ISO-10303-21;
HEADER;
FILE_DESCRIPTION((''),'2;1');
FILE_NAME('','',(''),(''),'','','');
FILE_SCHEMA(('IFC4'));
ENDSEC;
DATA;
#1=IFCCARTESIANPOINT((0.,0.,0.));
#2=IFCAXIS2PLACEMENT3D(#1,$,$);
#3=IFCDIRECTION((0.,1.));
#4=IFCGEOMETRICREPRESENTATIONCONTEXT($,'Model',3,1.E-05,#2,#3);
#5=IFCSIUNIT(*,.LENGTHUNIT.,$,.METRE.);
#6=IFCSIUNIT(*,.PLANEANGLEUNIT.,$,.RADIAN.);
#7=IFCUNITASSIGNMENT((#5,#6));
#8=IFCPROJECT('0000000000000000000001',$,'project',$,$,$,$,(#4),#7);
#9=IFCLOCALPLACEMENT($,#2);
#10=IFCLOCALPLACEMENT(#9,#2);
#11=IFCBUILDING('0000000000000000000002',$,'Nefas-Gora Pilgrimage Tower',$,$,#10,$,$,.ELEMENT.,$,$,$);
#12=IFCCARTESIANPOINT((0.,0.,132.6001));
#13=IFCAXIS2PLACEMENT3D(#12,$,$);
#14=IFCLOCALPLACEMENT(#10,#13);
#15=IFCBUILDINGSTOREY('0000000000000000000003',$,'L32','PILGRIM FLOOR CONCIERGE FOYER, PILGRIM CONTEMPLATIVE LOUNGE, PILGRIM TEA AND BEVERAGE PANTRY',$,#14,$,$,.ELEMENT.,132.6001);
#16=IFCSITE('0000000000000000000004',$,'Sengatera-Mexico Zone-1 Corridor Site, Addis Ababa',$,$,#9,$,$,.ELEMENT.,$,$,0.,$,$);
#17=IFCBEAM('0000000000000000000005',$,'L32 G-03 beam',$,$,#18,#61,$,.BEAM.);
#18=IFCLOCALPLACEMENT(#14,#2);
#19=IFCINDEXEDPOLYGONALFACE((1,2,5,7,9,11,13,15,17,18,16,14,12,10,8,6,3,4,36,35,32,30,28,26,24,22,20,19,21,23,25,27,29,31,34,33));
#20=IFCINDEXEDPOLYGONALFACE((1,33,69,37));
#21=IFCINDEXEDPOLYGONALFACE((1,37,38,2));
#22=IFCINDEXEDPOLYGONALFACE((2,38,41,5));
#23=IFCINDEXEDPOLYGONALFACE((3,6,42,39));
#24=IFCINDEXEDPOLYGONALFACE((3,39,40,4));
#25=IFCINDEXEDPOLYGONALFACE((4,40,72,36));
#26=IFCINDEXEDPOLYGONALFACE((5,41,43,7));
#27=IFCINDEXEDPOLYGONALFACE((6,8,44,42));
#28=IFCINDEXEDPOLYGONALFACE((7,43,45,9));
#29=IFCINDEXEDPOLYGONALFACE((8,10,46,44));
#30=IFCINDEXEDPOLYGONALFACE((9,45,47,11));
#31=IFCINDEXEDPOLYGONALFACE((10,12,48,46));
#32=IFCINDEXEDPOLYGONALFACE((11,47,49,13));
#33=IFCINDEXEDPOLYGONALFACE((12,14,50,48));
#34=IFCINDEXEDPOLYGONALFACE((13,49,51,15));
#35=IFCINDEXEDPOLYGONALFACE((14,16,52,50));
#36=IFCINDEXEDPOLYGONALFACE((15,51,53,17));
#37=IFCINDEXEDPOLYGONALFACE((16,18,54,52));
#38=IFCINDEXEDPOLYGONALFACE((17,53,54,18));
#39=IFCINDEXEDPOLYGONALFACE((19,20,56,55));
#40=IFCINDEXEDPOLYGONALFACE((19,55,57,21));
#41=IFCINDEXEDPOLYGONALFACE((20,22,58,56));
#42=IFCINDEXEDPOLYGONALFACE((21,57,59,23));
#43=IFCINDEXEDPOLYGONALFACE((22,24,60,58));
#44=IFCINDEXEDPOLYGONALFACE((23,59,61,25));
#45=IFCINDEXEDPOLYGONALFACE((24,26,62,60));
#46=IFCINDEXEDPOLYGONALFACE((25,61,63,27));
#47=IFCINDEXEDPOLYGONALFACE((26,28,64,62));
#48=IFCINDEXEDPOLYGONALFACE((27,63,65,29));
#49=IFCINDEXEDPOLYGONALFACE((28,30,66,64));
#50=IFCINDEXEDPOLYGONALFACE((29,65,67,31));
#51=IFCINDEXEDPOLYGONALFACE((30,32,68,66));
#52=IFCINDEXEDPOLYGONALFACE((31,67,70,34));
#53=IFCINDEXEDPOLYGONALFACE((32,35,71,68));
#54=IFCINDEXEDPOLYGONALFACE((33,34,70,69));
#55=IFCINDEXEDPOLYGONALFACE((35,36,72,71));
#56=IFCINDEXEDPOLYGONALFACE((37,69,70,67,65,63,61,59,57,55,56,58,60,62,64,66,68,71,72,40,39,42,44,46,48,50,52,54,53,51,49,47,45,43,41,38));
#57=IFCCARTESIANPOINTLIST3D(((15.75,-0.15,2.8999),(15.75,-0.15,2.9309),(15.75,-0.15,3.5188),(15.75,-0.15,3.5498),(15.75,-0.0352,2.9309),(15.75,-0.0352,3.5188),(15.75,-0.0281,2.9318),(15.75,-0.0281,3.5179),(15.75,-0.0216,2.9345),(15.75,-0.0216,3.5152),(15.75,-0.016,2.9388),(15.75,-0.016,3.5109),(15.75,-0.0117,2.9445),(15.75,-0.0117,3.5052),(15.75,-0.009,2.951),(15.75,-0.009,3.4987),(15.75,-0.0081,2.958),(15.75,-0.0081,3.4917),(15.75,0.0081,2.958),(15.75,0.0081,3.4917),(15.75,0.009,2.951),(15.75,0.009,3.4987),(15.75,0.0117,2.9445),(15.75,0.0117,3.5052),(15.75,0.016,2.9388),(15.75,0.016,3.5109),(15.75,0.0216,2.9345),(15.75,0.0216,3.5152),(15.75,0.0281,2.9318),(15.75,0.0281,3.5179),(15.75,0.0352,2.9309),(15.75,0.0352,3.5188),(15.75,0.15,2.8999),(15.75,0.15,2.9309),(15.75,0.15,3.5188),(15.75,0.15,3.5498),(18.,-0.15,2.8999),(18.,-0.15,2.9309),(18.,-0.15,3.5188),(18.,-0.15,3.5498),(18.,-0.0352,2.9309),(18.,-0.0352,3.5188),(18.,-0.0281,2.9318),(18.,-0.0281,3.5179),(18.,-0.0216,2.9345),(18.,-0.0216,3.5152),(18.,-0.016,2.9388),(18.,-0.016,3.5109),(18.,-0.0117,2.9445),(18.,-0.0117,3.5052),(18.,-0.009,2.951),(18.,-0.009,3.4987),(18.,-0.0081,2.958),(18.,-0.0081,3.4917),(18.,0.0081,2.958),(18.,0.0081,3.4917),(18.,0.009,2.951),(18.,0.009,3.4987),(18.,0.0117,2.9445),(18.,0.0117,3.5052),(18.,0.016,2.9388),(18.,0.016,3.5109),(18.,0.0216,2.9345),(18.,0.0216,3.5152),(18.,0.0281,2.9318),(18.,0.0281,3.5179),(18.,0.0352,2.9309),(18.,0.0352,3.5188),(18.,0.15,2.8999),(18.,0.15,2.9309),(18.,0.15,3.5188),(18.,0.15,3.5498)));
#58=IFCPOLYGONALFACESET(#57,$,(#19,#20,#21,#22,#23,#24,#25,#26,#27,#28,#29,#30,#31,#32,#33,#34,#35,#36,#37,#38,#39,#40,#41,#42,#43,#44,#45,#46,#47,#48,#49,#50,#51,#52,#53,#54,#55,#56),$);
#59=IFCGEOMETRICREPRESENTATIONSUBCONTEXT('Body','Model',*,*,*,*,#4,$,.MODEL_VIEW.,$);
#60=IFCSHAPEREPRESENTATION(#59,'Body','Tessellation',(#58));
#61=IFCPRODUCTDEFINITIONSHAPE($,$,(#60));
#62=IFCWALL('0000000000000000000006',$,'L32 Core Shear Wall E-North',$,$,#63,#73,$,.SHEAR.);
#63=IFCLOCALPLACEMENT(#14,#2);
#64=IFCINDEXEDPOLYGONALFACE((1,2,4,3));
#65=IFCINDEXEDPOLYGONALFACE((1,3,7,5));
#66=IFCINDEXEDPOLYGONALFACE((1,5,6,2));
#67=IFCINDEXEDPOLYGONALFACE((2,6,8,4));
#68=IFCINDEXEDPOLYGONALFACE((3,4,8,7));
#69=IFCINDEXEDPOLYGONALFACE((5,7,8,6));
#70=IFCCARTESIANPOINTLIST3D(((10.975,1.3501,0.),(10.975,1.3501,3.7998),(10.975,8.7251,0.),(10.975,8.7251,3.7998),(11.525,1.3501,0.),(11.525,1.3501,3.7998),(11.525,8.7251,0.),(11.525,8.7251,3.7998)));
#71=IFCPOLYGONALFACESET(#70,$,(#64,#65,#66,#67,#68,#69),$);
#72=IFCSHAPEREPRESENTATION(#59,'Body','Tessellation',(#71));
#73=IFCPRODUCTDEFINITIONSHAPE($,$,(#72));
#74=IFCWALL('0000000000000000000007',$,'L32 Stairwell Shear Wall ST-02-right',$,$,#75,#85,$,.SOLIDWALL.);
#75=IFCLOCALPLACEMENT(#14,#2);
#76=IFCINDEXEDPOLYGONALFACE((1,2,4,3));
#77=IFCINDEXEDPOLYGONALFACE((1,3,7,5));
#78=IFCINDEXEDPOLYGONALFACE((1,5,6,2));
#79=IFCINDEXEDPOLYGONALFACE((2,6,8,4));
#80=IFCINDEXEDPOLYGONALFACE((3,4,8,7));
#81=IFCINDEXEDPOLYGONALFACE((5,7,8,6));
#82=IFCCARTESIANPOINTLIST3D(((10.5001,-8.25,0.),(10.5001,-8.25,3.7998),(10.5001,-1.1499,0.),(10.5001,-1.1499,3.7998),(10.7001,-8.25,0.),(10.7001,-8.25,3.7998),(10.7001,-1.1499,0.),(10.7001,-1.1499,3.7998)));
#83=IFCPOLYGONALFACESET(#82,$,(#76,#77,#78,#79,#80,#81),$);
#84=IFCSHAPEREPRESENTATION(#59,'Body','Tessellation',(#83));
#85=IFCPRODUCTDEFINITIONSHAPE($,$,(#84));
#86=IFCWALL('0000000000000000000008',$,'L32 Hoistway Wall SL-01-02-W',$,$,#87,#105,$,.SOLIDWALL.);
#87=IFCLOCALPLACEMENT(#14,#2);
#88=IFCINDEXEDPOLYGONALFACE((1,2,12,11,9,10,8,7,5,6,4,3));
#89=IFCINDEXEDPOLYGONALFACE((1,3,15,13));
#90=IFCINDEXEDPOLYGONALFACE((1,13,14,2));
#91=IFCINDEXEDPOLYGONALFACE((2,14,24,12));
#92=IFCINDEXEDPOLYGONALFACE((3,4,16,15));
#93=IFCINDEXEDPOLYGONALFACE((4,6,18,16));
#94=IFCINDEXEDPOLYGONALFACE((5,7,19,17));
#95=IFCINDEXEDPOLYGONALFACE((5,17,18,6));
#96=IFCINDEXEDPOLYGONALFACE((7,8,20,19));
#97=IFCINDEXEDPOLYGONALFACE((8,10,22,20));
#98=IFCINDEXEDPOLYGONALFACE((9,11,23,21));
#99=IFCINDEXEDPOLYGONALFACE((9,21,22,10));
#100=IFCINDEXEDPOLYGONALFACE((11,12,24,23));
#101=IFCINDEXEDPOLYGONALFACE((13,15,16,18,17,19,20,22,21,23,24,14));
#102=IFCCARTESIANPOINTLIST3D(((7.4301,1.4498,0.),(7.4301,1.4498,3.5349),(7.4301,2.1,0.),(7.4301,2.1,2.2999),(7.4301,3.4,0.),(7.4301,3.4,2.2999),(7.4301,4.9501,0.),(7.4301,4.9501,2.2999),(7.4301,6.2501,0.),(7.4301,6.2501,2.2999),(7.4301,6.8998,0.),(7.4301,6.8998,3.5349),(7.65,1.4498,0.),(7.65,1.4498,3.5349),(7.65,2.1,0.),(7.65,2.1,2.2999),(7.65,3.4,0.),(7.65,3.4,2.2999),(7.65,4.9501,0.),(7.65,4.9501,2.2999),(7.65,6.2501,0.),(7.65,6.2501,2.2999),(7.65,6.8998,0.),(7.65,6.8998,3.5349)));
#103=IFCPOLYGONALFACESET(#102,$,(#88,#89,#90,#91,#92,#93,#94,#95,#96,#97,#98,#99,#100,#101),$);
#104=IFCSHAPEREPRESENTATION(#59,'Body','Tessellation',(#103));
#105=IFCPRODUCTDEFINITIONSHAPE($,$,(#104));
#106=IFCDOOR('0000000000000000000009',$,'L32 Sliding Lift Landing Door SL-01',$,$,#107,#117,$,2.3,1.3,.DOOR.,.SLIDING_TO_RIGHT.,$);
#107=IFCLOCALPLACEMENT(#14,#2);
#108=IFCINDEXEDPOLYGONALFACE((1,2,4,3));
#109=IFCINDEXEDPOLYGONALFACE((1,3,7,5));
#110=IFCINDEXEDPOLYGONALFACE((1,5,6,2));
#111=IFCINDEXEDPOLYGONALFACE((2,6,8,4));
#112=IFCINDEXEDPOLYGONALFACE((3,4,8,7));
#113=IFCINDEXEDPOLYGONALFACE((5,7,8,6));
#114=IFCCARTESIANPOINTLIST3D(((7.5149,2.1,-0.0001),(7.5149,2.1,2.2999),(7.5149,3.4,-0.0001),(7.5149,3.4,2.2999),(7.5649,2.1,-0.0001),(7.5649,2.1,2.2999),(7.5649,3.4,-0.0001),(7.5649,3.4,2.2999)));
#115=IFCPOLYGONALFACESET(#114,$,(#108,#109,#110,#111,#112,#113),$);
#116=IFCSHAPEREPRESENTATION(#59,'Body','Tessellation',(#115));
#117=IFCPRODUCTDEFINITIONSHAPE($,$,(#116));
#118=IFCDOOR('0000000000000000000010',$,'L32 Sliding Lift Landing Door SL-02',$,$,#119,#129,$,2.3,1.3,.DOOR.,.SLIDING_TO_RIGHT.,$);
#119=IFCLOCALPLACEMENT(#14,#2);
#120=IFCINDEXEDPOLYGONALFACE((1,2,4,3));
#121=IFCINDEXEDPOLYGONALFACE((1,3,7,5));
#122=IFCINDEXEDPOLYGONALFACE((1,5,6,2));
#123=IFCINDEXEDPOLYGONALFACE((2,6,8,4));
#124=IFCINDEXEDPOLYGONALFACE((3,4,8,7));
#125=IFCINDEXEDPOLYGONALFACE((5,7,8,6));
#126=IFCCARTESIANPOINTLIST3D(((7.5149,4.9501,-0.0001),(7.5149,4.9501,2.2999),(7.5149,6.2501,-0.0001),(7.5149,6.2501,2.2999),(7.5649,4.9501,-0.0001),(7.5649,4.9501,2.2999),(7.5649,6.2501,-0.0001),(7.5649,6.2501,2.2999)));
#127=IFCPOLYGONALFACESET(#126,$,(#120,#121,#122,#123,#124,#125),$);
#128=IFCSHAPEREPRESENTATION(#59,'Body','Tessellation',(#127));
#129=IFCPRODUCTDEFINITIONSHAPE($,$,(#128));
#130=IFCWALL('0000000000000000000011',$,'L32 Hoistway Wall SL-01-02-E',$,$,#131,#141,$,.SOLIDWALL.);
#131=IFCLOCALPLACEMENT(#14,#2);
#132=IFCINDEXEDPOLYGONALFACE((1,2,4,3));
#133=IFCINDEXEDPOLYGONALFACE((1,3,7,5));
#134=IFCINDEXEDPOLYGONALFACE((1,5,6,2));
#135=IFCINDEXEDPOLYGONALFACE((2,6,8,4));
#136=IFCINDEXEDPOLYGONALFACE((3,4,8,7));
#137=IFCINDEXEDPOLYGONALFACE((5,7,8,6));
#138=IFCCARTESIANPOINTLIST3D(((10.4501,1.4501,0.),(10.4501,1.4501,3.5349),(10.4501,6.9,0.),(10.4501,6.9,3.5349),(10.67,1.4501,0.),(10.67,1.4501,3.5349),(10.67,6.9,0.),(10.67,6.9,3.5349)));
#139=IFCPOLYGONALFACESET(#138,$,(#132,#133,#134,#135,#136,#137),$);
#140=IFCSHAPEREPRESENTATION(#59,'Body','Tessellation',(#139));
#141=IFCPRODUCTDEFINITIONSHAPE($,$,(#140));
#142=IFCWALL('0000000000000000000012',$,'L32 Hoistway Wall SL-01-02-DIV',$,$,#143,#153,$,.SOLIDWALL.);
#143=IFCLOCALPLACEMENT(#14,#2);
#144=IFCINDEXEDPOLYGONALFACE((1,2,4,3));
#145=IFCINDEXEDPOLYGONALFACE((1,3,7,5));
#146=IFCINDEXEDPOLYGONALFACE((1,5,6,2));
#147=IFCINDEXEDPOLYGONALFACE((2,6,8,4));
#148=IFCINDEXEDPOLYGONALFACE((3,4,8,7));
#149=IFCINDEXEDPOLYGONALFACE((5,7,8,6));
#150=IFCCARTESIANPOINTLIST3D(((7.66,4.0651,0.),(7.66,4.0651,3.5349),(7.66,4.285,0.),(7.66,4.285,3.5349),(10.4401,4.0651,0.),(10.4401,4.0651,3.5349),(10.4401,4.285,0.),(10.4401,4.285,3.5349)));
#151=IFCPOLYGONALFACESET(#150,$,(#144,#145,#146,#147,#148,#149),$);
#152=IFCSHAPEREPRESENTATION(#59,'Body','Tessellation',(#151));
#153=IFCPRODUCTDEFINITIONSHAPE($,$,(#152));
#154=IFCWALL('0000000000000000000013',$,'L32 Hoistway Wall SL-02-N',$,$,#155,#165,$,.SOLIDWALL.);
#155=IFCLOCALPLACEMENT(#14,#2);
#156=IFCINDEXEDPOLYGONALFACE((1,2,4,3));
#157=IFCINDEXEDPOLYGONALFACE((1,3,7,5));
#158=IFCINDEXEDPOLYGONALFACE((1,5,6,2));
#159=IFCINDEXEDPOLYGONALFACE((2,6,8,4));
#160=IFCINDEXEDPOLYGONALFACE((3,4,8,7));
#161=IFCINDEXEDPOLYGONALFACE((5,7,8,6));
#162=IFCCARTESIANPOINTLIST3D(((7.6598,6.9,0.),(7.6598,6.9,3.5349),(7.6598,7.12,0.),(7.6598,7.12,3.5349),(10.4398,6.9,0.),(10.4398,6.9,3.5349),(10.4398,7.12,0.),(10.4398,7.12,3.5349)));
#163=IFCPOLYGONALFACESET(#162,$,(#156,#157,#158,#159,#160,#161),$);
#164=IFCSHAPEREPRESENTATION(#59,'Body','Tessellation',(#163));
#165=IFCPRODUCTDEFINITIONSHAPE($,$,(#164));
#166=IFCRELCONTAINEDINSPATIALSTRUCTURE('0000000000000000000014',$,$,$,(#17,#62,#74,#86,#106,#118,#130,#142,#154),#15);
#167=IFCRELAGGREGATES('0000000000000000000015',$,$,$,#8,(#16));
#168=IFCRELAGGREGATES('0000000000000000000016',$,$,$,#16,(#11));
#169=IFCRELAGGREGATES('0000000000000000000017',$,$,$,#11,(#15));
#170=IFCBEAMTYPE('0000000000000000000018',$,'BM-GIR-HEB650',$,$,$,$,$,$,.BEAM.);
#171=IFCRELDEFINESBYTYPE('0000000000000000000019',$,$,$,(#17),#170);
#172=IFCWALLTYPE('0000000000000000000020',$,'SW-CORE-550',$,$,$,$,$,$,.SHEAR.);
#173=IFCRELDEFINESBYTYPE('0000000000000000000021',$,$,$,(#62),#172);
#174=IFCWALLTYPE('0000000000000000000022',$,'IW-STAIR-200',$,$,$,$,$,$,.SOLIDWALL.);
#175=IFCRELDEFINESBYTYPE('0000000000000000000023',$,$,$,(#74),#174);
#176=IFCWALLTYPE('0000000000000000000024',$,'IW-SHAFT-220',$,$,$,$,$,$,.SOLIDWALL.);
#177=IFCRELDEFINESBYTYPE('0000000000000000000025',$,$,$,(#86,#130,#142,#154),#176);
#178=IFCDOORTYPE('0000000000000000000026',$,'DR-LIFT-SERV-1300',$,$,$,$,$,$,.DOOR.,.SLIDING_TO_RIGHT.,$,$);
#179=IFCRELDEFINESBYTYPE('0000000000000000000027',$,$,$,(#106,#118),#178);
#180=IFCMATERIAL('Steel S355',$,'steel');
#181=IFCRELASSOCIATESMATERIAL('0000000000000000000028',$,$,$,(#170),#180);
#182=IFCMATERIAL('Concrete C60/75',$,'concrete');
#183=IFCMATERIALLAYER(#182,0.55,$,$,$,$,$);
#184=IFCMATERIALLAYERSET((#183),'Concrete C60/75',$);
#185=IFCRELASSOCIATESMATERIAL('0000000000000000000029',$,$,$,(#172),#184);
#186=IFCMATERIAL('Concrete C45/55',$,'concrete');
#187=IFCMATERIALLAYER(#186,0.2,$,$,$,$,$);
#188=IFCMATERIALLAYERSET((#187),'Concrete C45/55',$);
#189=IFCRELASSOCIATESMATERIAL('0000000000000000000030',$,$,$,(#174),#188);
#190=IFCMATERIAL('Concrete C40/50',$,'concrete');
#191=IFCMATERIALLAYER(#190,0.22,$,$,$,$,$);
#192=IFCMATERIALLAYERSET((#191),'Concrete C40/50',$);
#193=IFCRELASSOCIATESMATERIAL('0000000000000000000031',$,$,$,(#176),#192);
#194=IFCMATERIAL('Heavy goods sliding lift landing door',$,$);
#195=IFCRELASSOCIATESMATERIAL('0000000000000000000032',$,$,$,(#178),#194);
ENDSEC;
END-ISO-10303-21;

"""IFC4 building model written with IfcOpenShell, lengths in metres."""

from ifc_helpers import new_model, si_unit, direction, frame, frame_2d, origin, origin_2d, place, context, subcontext, project, spatial, rectangle, i_section, extrude, source, transform, mapped, material, layer, layer_set, material_profile, profile_set, type_object, element, fill, save


model = new_model("IFC4")

# Units and contexts
model_context = context("Model", 3, precision=1e-05, world=origin(), true_north=direction((0.0, 1.0)))
body_context = subcontext(model_context, "Body", "Model", "MODEL_VIEW")
ifc_project = project(units=[si_unit("LENGTHUNIT", "METRE"), si_unit("PLANEANGLEUNIT", "RADIAN")], contexts=[model_context])

# Site, building, storey
site_placement = place(None, origin())
site = spatial("IfcSite", under=ifc_project, at=site_placement, Name="Sengatera-Mexico Zone-1 Corridor Site, Addis Ababa", CompositionType="ELEMENT", RefElevation=0.0)
building_placement = place(site_placement, origin())
building = spatial("IfcBuilding", under=site, at=building_placement, Name="Nefas-Gora Pilgrimage Tower", CompositionType="ELEMENT")
storey_placement = place(building_placement, frame((0.0, 0.0, 132.6001)))
storey = spatial("IfcBuildingStorey", under=building, at=storey_placement, Name="L32", Description="PILGRIM FLOOR CONCIERGE FOYER, PILGRIM CONTEMPLATIVE LOUNGE, PILGRIM TEA AND BEVERAGE PANTRY", CompositionType="ELEMENT", Elevation=132.6001)

# Beam
ifc_material_1 = material(Name="Steel S355", Category="steel")
ifc_material_profile_1 = material_profile(ifc_material_1, i_section(OverallWidth=0.3, OverallDepth=0.6499, WebThickness=0.0161, FlangeThickness=0.031, FilletRadius=0.0271, at=origin_2d()), Name="HEB 650")
ifc_profile_set_1 = profile_set([ifc_material_profile_1], Name="Steel S355")
beam_type = type_object("IfcBeamType", Name="BM-GIR-HEB650", PredefinedType="BEAM", material=ifc_profile_set_1)
shared_shape_1 = source(origin(), body_context, "Body", "SweptSolid", [
    extrude(i_section(OverallWidth=0.3, OverallDepth=0.6499, WebThickness=0.0161, FlangeThickness=0.031, FilletRadius=0.0271, at=origin_2d()), origin(), (0.0, 0.0, 1.0), 2.25),
])
beam_placement = place(storey_placement, frame((15.75, 0.0, 3.2249), z_axis=(1.0, 0.0, 0.0), x_axis=(0.0, 1.0, 0.0)))
element("IfcBeam", 1, at=beam_placement, inside=storey, type_object=beam_type, Name="L32 G-03 beam", PredefinedType="BEAM", context=body_context, shape_type="MappedRepresentation", body=[
    mapped(shared_shape_1, transform((0.0, 0.0, 0.0), x_axis=(1.0, 0.0, 0.0), y_axis=(0.0, 1.0, 0.0), z_axis=(0.0, 0.0, 1.0), scale=1.0)),
])

# Walls
ifc_material_2 = material(Name="Concrete C60/75", Category="concrete")
ifc_layer_1 = layer(ifc_material_2, 0.55)
ifc_layer_set_1 = layer_set([ifc_layer_1], Name="Concrete C60/75")
wall_type_1 = type_object("IfcWallType", Name="SW-CORE-550", PredefinedType="SHEAR", material=ifc_layer_set_1)
shared_shape_2 = source(origin(), body_context, "Body", "SweptSolid", [
    extrude(rectangle(XDim=7.375, YDim=0.55, at=frame_2d((3.6875, 0.0))), origin(), (0.0, 0.0, 1.0), 3.7998),
])
wall_1_placement = place(storey_placement, frame((11.25, 1.3501, 0.0), z_axis=(0.0, 0.0, 1.0), x_axis=(0.0, 1.0, 0.0)))
element("IfcWall", 2, at=wall_1_placement, inside=storey, type_object=wall_type_1, Name="L32 Core Shear Wall E-North", PredefinedType="SHEAR", context=body_context, shape_type="MappedRepresentation", body=[
    mapped(shared_shape_2, transform((0.0, 0.0, 0.0), x_axis=(1.0, 0.0, 0.0), y_axis=(0.0, 1.0, 0.0), z_axis=(0.0, 0.0, 1.0), scale=1.0)),
])
ifc_material_3 = material(Name="Concrete C45/55", Category="concrete")
ifc_layer_2 = layer(ifc_material_3, 0.2)
ifc_layer_set_2 = layer_set([ifc_layer_2], Name="Concrete C45/55")
wall_type_2 = type_object("IfcWallType", Name="IW-STAIR-200", PredefinedType="SOLIDWALL", material=ifc_layer_set_2)
shared_shape_3 = source(origin(), body_context, "Body", "SweptSolid", [
    extrude(rectangle(XDim=7.1001, YDim=0.2, at=frame_2d((3.55, 0.0))), origin(), (0.0, 0.0, 1.0), 3.7998),
])
wall_2_placement = place(storey_placement, frame((10.6001, -1.1499, 0.0), z_axis=(0.0, 0.0, 1.0), x_axis=(0.0, -1.0, 0.0)))
element("IfcWall", 3, at=wall_2_placement, inside=storey, type_object=wall_type_2, Name="L32 Stairwell Shear Wall ST-02-right", PredefinedType="SOLIDWALL", context=body_context, shape_type="MappedRepresentation", body=[
    mapped(shared_shape_3, transform((0.0, 0.0, 0.0), x_axis=(1.0, 0.0, 0.0), y_axis=(0.0, 1.0, 0.0), z_axis=(0.0, 0.0, 1.0), scale=1.0)),
])

# Wall, openings, doors
ifc_material_4 = material(Name="Concrete C40/50", Category="concrete")
ifc_layer_3 = layer(ifc_material_4, 0.22)
ifc_layer_set_3 = layer_set([ifc_layer_3], Name="Concrete C40/50")
wall_type_3 = type_object("IfcWallType", Name="IW-SHAFT-220", PredefinedType="SOLIDWALL", material=ifc_layer_set_3)
shared_shape_4 = source(origin(), body_context, "Body", "SweptSolid", [
    extrude(rectangle(XDim=5.45, YDim=0.22, at=frame_2d((2.7251, 0.0))), origin(), (0.0, 0.0, 1.0), 3.5349),
])
wall_3_placement = place(storey_placement, frame((7.54, 6.8999, 0.0), z_axis=(0.0, 0.0, 1.0), x_axis=(0.0, -1.0, 0.0)))
wall_3 = element("IfcWall", 4, at=wall_3_placement, inside=storey, type_object=wall_type_3, Name="L32 Hoistway Wall SL-01-02-W", PredefinedType="SOLIDWALL", context=body_context, shape_type="MappedRepresentation", body=[
    mapped(shared_shape_4, transform((0.0, 0.0, 0.0), x_axis=(1.0, 0.0, 0.0), y_axis=(0.0, 1.0, 0.0), z_axis=(0.0, 0.0, 1.0), scale=1.0)),
])
opening_1_placement = place(wall_3_placement, frame((3.5, 0.0, 0.0)))
opening_1 = element("IfcOpeningElement", 5, at=opening_1_placement, cuts=wall_3, PredefinedType="OPENING", context=body_context, shape_type="SweptSolid", body=[
    extrude(rectangle(XDim=1.3, YDim=2.3, at=frame_2d((0.6499, 1.1499))), frame((0.0, 0.1199, 0.0), z_axis=(0.0, -1.0, 0.0), x_axis=(1.0, 0.0, 0.0)), (0.0, 0.0, 1.0), 0.24),
])
opening_2_placement = place(wall_3_placement, frame((0.6499, 0.0, 0.0)))
opening_2 = element("IfcOpeningElement", 6, at=opening_2_placement, cuts=wall_3, PredefinedType="OPENING", context=body_context, shape_type="SweptSolid", body=[
    extrude(rectangle(XDim=1.3, YDim=2.3, at=frame_2d((0.6499, 1.1499))), frame((0.0, 0.1199, 0.0), z_axis=(0.0, -1.0, 0.0), x_axis=(1.0, 0.0, 0.0)), (0.0, 0.0, 1.0), 0.24),
])
ifc_material_5 = material(Name="Heavy goods sliding lift landing door")
door_type_1 = type_object("IfcDoorType", Name="DR-LIFT-SERV-1300", OperationType="SLIDING_TO_RIGHT", PredefinedType="DOOR", material=ifc_material_5)
shared_shape_5 = source(origin(), body_context, "Body", "SweptSolid", [
    extrude(rectangle(XDim=1.3, YDim=2.3, at=frame_2d((0.6499, 1.1499))), frame((0.0, 0.0249, 0.0), z_axis=(0.0, -1.0, 0.0), x_axis=(1.0, 0.0, 0.0)), (0.0, 0.0, 1.0), 0.05),
])
door_1_placement = place(opening_1_placement, origin())
door_1 = element("IfcDoor", 7, at=door_1_placement, inside=storey, type_object=door_type_1, Name="L32 Sliding Lift Landing Door SL-01", OperationType="SLIDING_TO_RIGHT", OverallHeight=2.3, OverallWidth=1.3, PredefinedType="DOOR", context=body_context, shape_type="MappedRepresentation", body=[
    mapped(shared_shape_5, transform((0.0, 0.0, 0.0), x_axis=(1.0, 0.0, 0.0), y_axis=(0.0, 1.0, 0.0), z_axis=(0.0, 0.0, 1.0), scale=1.0)),
])
fill(opening_1, door_1)
door_2_placement = place(opening_2_placement, origin())
door_2 = element("IfcDoor", 8, at=door_2_placement, inside=storey, type_object=door_type_1, Name="L32 Sliding Lift Landing Door SL-02", OperationType="SLIDING_TO_RIGHT", OverallHeight=2.3, OverallWidth=1.3, PredefinedType="DOOR", context=body_context, shape_type="MappedRepresentation", body=[
    mapped(shared_shape_5, transform((0.0, 0.0, 0.0), x_axis=(1.0, 0.0, 0.0), y_axis=(0.0, 1.0, 0.0), z_axis=(0.0, 0.0, 1.0), scale=1.0)),
])
fill(opening_2, door_2)

# Walls
wall_4_placement = place(storey_placement, frame((10.5601, 1.45, 0.0), z_axis=(0.0, 0.0, 1.0), x_axis=(0.0, 1.0, 0.0)))
element("IfcWall", 9, at=wall_4_placement, inside=storey, type_object=wall_type_3, Name="L32 Hoistway Wall SL-01-02-E", PredefinedType="SOLIDWALL", context=body_context, shape_type="MappedRepresentation", body=[
    mapped(shared_shape_4, transform((0.0, 0.0, 0.0), x_axis=(1.0, 0.0, 0.0), y_axis=(0.0, 1.0, 0.0), z_axis=(0.0, 0.0, 1.0), scale=1.0)),
])
shared_shape_6 = source(origin(), body_context, "Body", "SweptSolid", [
    extrude(rectangle(XDim=2.78, YDim=0.22, at=frame_2d((1.3901, 0.0))), origin(), (0.0, 0.0, 1.0), 3.5349),
])
for number, where, z_axis, x_axis, name in (
    (10, (7.6599, 4.175, 0.0), (0.0, 0.0, 1.0), (1.0, 0.0, 0.0), "L32 Hoistway Wall SL-01-02-DIV"),
    (11, (10.4399, 7.01, 0.0), (0.0, 0.0, 1.0), (-1.0, 0.0, 0.0), "L32 Hoistway Wall SL-02-N"),
):
    element("IfcWall", number, at=place(storey_placement, frame(where, z_axis=z_axis, x_axis=x_axis)), inside=storey, type_object=wall_type_3, Name=name, PredefinedType="SOLIDWALL", context=body_context, shape_type="MappedRepresentation", body=[
        mapped(shared_shape_6, transform((0.0, 0.0, 0.0), x_axis=(1.0, 0.0, 0.0), y_axis=(0.0, 1.0, 0.0), z_axis=(0.0, 0.0, 1.0), scale=1.0)),
    ])

save(model, "model.ifc")
